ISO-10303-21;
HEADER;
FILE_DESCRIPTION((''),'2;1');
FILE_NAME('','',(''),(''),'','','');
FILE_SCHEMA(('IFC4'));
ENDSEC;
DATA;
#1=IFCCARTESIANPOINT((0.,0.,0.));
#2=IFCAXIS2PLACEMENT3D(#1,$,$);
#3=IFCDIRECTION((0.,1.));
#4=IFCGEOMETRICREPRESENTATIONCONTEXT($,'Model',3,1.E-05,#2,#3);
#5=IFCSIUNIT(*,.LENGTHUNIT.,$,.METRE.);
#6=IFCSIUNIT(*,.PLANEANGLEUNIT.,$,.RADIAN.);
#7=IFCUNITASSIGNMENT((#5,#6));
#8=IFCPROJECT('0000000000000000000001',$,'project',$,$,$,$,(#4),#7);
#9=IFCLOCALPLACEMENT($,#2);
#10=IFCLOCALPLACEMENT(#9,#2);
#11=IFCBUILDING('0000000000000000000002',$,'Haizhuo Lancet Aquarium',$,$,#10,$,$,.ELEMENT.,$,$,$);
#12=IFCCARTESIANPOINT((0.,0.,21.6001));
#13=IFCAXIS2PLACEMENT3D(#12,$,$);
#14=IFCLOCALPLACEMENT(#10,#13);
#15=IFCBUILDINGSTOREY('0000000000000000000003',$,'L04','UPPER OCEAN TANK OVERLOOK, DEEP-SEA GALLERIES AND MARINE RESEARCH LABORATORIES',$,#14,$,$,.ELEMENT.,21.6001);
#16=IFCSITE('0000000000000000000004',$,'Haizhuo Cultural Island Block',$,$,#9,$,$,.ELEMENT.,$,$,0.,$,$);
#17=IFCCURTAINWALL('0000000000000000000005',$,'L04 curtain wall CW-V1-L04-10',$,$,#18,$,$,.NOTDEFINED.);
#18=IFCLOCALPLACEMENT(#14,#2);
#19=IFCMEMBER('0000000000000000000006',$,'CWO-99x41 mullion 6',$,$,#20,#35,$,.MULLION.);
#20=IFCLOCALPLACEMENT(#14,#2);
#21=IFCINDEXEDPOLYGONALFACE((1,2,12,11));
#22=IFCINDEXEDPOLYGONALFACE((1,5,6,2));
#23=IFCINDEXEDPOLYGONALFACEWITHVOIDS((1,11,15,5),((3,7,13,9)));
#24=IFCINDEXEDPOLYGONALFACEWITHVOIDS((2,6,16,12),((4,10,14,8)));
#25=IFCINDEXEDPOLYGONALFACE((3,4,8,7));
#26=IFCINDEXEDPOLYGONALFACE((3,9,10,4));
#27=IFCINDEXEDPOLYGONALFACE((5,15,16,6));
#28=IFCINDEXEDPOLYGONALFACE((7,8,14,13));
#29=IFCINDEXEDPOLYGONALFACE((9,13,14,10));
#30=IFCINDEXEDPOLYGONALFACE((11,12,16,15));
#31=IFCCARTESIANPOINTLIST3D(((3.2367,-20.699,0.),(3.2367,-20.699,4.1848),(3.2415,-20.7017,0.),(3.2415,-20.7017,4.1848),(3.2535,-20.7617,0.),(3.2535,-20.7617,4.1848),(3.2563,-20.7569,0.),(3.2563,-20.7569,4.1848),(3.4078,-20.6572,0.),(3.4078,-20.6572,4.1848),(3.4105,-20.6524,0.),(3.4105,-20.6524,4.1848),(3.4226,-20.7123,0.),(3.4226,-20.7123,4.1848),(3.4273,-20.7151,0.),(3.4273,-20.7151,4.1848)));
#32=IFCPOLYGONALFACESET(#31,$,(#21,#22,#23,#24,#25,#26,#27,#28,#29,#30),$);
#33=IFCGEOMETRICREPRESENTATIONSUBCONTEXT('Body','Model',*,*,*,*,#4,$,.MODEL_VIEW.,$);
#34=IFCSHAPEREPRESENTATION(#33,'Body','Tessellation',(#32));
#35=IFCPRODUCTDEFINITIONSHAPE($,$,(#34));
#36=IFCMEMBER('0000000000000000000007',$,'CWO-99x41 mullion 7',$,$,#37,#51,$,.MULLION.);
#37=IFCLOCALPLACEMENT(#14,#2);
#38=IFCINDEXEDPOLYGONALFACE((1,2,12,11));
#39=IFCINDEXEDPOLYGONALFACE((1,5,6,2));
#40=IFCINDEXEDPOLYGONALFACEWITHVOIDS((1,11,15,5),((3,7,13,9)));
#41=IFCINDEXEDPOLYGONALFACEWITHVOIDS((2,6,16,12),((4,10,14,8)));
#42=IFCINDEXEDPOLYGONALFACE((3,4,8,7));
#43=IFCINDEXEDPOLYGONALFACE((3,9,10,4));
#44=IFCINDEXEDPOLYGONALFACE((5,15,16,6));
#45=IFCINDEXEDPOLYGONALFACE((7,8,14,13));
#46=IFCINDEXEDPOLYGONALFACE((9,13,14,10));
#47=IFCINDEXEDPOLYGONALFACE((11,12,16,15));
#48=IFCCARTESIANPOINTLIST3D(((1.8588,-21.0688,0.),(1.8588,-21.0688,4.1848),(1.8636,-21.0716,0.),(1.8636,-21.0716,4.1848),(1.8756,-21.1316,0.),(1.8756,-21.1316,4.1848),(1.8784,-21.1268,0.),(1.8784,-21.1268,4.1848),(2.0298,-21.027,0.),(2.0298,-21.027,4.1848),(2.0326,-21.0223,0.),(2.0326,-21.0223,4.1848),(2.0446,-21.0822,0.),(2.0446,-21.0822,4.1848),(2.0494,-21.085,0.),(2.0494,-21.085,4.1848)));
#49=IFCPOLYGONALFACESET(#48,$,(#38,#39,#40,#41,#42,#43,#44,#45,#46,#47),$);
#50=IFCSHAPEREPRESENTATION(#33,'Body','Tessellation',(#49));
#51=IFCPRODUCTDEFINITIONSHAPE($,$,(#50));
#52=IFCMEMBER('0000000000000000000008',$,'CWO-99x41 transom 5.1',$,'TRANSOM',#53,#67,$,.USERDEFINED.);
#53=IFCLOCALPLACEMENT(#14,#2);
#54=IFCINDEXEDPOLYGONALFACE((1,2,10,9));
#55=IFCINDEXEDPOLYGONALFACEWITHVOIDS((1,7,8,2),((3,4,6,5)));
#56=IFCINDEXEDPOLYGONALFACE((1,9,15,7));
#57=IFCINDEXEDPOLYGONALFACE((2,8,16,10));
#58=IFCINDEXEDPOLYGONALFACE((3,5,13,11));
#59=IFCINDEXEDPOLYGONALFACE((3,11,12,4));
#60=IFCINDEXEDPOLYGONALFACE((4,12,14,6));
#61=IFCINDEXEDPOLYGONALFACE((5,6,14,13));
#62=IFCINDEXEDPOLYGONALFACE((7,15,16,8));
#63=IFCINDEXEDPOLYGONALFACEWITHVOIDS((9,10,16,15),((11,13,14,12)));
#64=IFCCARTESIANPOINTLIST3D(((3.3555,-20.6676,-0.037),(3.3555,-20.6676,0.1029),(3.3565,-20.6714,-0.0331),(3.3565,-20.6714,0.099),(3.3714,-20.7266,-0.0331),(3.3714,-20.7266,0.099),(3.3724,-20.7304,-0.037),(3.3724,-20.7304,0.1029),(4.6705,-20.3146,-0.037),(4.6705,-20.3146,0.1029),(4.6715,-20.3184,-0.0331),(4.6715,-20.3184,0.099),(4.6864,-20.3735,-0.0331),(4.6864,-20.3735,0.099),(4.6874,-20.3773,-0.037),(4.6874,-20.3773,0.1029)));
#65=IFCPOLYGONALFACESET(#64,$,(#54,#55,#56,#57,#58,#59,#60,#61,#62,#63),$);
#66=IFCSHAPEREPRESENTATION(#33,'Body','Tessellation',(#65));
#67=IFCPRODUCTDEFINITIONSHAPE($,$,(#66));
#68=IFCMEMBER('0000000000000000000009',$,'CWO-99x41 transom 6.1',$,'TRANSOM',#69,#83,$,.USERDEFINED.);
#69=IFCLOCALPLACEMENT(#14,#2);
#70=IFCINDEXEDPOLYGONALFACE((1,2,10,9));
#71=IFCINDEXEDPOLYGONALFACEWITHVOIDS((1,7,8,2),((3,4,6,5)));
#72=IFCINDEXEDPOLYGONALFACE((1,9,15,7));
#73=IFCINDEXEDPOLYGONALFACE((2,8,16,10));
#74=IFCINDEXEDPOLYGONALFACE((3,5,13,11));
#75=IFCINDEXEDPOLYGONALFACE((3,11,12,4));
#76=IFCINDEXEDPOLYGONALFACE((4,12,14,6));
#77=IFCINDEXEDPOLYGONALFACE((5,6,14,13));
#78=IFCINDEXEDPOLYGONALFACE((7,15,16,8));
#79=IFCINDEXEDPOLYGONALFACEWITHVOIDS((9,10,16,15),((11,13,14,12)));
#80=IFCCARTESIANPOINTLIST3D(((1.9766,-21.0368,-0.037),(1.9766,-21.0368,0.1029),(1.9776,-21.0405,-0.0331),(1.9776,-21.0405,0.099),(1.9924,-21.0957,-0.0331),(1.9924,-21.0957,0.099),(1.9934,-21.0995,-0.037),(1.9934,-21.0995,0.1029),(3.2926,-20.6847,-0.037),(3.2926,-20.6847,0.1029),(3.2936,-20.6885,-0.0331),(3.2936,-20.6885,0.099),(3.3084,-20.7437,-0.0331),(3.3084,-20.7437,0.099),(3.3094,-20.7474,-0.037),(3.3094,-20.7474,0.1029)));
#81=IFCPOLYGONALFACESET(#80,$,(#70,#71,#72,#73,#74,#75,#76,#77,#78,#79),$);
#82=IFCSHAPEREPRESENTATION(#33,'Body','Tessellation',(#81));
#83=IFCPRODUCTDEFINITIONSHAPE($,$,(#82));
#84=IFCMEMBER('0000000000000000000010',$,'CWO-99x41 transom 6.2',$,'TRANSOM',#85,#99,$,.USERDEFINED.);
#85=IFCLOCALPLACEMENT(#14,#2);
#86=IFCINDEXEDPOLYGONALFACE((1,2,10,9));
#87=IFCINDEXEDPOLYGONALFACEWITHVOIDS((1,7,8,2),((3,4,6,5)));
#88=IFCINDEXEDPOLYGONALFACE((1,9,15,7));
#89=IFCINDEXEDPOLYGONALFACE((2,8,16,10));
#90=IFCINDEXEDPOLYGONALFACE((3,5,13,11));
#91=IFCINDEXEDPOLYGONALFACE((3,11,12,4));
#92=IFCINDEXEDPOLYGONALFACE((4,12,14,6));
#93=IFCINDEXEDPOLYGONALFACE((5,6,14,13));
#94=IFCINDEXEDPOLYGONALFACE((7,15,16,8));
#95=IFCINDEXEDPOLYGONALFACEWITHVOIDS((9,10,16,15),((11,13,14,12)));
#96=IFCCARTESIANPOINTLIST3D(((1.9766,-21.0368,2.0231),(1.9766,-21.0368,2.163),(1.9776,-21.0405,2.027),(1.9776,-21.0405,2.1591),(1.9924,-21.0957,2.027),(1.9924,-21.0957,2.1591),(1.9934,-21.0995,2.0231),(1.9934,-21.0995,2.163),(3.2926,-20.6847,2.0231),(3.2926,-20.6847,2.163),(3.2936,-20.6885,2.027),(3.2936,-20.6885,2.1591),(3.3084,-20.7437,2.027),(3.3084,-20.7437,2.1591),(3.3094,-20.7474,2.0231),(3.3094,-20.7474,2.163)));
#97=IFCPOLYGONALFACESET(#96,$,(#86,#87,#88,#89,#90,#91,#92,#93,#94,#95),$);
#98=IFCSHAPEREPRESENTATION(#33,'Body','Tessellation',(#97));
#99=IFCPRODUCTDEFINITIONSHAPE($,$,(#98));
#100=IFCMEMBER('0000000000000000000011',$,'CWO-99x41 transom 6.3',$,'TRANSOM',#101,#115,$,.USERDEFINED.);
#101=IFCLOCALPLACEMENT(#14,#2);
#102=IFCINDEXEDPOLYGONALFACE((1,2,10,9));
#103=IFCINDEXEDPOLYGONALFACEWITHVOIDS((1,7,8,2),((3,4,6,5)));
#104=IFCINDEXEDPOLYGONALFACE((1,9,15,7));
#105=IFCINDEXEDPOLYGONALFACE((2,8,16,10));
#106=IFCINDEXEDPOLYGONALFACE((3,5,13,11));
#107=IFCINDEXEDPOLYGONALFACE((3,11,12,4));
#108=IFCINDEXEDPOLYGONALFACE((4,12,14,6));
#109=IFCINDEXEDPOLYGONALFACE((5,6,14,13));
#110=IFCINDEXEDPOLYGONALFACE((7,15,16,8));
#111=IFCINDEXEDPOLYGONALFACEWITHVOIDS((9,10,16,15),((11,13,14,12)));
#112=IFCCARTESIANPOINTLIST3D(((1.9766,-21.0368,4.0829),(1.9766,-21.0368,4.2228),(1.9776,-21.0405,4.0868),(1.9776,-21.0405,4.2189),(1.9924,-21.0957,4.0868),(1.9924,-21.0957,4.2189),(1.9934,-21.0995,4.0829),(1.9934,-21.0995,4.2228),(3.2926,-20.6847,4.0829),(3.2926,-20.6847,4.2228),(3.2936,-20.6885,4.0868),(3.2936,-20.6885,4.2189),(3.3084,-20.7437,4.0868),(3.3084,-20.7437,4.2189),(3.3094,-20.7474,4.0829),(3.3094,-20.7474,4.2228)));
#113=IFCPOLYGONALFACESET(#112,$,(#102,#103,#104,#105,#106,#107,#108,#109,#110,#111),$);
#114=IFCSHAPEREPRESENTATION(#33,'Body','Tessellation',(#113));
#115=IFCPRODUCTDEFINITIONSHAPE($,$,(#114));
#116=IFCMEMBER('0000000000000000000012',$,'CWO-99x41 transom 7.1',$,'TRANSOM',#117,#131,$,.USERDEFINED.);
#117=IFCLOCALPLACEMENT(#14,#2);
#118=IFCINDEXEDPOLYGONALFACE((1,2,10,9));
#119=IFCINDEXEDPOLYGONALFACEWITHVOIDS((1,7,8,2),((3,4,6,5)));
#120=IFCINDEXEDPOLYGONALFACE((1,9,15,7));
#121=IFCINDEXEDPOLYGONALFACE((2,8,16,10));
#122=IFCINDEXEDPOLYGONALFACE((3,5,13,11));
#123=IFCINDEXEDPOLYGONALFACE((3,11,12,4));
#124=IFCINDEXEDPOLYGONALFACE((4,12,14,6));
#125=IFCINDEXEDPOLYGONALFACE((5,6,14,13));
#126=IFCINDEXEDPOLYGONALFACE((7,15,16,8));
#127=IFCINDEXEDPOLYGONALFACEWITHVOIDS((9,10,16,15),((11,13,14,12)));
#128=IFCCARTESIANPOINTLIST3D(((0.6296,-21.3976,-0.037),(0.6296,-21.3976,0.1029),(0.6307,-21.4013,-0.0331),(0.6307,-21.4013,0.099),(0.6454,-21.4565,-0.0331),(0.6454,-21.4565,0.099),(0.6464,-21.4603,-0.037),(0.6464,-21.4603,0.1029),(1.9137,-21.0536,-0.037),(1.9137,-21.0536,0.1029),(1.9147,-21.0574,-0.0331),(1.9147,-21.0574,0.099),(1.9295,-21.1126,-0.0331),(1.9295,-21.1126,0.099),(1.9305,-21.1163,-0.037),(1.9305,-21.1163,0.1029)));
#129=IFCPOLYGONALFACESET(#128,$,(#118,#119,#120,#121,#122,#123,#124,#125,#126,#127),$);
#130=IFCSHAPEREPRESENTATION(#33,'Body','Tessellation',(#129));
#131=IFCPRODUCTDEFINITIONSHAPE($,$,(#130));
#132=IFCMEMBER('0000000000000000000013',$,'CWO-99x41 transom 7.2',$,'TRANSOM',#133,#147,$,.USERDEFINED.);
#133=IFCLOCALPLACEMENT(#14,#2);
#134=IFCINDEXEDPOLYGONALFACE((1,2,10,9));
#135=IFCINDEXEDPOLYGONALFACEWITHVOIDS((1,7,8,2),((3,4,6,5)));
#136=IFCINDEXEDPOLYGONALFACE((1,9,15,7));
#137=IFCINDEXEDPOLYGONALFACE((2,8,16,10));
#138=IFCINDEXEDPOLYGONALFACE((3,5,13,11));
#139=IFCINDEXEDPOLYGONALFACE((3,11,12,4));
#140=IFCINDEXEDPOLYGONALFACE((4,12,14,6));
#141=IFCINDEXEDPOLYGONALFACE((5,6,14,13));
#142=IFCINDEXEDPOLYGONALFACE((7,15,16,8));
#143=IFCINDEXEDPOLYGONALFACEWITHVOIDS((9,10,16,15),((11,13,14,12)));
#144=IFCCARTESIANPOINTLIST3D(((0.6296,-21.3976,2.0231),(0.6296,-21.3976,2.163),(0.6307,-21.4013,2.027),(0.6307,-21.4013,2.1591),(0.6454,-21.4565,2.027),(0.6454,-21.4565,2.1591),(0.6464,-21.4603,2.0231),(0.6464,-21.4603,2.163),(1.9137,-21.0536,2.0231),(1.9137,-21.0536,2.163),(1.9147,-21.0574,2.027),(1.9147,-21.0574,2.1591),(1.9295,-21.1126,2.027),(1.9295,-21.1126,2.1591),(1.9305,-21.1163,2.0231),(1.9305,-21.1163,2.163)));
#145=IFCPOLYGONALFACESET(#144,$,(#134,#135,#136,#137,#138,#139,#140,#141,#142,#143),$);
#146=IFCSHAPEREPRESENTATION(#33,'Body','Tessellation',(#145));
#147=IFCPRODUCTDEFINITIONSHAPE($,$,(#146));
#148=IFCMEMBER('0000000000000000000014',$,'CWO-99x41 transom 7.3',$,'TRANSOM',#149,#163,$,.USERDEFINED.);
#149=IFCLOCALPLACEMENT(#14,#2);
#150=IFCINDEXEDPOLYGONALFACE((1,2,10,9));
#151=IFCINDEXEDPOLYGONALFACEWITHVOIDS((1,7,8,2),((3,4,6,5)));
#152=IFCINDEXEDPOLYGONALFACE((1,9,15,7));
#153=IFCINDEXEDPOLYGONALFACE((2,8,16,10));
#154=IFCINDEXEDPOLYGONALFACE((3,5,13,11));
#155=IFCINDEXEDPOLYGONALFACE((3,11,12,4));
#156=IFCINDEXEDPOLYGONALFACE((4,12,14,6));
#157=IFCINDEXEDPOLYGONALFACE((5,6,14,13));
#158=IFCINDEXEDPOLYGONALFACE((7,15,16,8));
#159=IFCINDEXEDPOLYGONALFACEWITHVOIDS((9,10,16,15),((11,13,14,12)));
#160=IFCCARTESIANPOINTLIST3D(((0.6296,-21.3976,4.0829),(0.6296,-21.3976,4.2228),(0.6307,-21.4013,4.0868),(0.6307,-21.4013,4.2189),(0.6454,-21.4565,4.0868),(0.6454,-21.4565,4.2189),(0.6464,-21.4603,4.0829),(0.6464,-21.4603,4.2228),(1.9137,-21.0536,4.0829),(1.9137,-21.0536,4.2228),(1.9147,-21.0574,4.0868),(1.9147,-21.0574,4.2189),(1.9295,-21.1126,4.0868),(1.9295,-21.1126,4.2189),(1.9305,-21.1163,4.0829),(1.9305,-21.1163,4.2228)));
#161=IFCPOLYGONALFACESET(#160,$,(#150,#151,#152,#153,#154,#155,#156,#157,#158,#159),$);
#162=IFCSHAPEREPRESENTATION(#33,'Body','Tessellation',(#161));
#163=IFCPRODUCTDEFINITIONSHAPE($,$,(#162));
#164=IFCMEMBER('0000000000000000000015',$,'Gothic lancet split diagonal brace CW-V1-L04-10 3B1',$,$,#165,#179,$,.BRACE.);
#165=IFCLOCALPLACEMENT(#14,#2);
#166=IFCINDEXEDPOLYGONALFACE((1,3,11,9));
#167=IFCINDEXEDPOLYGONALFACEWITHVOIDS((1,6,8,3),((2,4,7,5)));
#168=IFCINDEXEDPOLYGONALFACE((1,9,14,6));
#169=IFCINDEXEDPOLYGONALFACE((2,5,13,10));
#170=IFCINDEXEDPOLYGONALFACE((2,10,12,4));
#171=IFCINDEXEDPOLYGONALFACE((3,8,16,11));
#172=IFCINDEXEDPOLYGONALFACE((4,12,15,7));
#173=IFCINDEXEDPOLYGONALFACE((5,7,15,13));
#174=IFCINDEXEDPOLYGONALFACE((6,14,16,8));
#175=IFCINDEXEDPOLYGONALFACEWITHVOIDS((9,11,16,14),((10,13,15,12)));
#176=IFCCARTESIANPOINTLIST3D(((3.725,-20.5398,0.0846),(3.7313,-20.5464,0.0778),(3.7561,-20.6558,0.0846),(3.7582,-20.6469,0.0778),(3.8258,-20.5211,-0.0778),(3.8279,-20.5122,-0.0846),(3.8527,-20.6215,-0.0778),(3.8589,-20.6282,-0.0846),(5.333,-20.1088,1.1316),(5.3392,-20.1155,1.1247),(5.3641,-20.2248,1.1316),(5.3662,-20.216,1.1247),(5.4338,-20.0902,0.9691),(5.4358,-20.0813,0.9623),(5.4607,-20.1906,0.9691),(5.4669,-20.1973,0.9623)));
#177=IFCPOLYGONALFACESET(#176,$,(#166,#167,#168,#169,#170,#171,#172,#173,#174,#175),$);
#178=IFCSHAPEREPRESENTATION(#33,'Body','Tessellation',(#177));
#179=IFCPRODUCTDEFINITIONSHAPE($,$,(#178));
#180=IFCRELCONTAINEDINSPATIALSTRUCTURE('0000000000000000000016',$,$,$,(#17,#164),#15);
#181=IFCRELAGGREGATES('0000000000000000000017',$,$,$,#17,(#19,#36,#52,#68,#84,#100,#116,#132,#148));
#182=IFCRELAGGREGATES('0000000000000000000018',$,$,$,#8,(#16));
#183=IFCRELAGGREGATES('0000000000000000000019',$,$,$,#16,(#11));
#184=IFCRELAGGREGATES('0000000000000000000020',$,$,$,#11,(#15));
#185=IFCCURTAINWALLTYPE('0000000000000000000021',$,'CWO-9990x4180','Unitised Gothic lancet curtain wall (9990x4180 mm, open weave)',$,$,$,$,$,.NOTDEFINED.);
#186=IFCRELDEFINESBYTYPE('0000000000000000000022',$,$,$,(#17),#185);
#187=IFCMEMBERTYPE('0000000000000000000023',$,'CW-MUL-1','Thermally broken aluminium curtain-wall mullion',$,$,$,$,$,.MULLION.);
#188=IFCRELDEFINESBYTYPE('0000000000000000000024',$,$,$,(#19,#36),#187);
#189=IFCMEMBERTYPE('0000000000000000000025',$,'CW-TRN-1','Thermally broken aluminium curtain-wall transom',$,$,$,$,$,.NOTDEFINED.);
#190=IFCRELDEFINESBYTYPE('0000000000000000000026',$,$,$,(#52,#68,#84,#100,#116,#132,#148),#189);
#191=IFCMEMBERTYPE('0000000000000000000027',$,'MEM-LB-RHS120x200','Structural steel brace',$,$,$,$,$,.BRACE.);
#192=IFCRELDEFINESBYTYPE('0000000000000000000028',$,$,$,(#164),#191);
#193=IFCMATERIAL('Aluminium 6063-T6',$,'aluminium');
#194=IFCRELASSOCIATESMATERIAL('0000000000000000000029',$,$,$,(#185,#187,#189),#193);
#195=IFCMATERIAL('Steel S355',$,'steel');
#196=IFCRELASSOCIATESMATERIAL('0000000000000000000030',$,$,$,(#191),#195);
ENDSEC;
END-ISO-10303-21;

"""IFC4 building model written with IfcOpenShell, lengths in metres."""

from ifc_helpers import new_model, si_unit, direction, frame, origin, origin_2d, place, context, subcontext, project, spatial, hollow_rectangle, extrude, material, material_profile, profile_set, type_object, element, aggregate, save


model = new_model("IFC4")

# Units and contexts
model_context = context("Model", 3, precision=1e-05, world=origin(), true_north=direction((0.0, 1.0)))
body_context = subcontext(model_context, "Body", "Model", "MODEL_VIEW")
ifc_project = project(units=[si_unit("LENGTHUNIT", "METRE"), si_unit("PLANEANGLEUNIT", "RADIAN")], contexts=[model_context])

# Site, building, storey
site_placement = place(None, origin())
site = spatial("IfcSite", under=ifc_project, at=site_placement, Name="Haizhuo Cultural Island Block", CompositionType="ELEMENT", RefElevation=0.0)
building_placement = place(site_placement, origin())
building = spatial("IfcBuilding", under=site, at=building_placement, Name="Haizhuo Lancet Aquarium", CompositionType="ELEMENT")
storey_placement = place(building_placement, frame((0.0, 0.0, 21.6001)))
storey = spatial("IfcBuildingStorey", under=building, at=storey_placement, Name="L04", Description="UPPER OCEAN TANK OVERLOOK, DEEP-SEA GALLERIES AND MARINE RESEARCH LABORATORIES", CompositionType="ELEMENT", Elevation=21.6001)

# Curtain wall, members
ifc_material_1 = material(Name="Aluminium 6063-T6", Category="aluminium")
curtain_wall_type = type_object("IfcCurtainWallType", Name="CWO-9990x4180", Description="Unitised Gothic lancet curtain wall (9990x4180 mm, open weave)", PredefinedType="NOTDEFINED", material=ifc_material_1)
curtain_wall_placement = place(storey_placement, origin())
curtain_wall = element("IfcCurtainWall", 1, at=curtain_wall_placement, inside=storey, type_object=curtain_wall_type, Name="L04 curtain wall CW-V1-L04-10", PredefinedType="NOTDEFINED")
ifc_material_profile_1 = material_profile(ifc_material_1, hollow_rectangle(XDim=0.0649, YDim=0.1799, WallThickness=0.0039, at=origin_2d()), Name="ALU-M 65x180x4")
ifc_profile_set_1 = profile_set([ifc_material_profile_1], Name="Aluminium 6063-T6")
member_type_1 = type_object("IfcMemberType", Name="CW-MUL-1", Description="Thermally broken aluminium curtain-wall mullion", PredefinedType="MULLION", material=ifc_profile_set_1)
member_1_placement = place(storey_placement, frame((3.332, -20.707, 0.0), z_axis=(0.0, 0.0, 1.0), x_axis=(0.258853, -0.965917, 0.0)))
member_1 = element("IfcMember", 2, at=member_1_placement, type_object=member_type_1, Name="CWO-99x41 mullion 6", PredefinedType="MULLION", context=body_context, shape_type="SweptSolid", body=[
    extrude(hollow_rectangle(XDim=0.0649, YDim=0.1799, WallThickness=0.0039, at=origin_2d()), origin(), (0.0, 0.0, 1.0), 4.1848),
])
member_2_placement = place(storey_placement, frame((1.9541, -21.0769, 0.0), z_axis=(0.0, 0.0, 1.0), x_axis=(0.258853, -0.965917, 0.0)))
member_2 = element("IfcMember", 3, at=member_2_placement, type_object=member_type_1, Name="CWO-99x41 mullion 7", PredefinedType="MULLION", context=body_context, shape_type="SweptSolid", body=[
    extrude(hollow_rectangle(XDim=0.0649, YDim=0.1799, WallThickness=0.0039, at=origin_2d()), origin(), (0.0, 0.0, 1.0), 4.1848),
])
ifc_material_profile_2 = material_profile(ifc_material_1, hollow_rectangle(XDim=0.0649, YDim=0.1399, WallThickness=0.0039, at=origin_2d()), Name="ALU-T 65x140x4")
ifc_profile_set_2 = profile_set([ifc_material_profile_2], Name="Aluminium 6063-T6")
member_type_2 = type_object("IfcMemberType", Name="CW-TRN-1", Description="Thermally broken aluminium curtain-wall transom", PredefinedType="NOTDEFINED", material=ifc_profile_set_2)
member_3_placement = place(storey_placement, frame((4.679, -20.3459, 0.033), z_axis=(-0.965799, -0.259292, 0.0), x_axis=(0.259292, -0.965799, 0.0)))
member_3 = element("IfcMember", 4, at=member_3_placement, type_object=member_type_2, Name="CWO-99x41 transom 5.1", ObjectType="TRANSOM", PredefinedType="USERDEFINED", context=body_context, shape_type="SweptSolid", body=[
    extrude(hollow_rectangle(XDim=0.0649, YDim=0.1399, WallThickness=0.0039, at=origin_2d()), origin(), (0.0, 0.0, 1.0), 1.3616),
])
member_4_placement = place(storey_placement, frame((3.301, -20.7161, 0.033), z_axis=(-0.966026, -0.258443, 0.0), x_axis=(0.258443, -0.966026, 0.0)))
member_4 = element("IfcMember", 5, at=member_4_placement, type_object=member_type_2, Name="CWO-99x41 transom 6.1", ObjectType="TRANSOM", PredefinedType="USERDEFINED", context=body_context, shape_type="SweptSolid", body=[
    extrude(hollow_rectangle(XDim=0.0649, YDim=0.1399, WallThickness=0.0039, at=origin_2d()), origin(), (0.0, 0.0, 1.0), 1.3623),
])
member_5_placement = place(storey_placement, frame((3.301, -20.7161, 2.093), z_axis=(-0.966026, -0.258443, 0.0), x_axis=(0.258443, -0.966026, 0.0)))
member_5 = element("IfcMember", 6, at=member_5_placement, type_object=member_type_2, Name="CWO-99x41 transom 6.2", ObjectType="TRANSOM", PredefinedType="USERDEFINED", context=body_context, shape_type="SweptSolid", body=[
    extrude(hollow_rectangle(XDim=0.0649, YDim=0.1399, WallThickness=0.0039, at=origin_2d()), origin(), (0.0, 0.0, 1.0), 1.3623),
])
member_6_placement = place(storey_placement, frame((3.301, -20.7161, 4.1528), z_axis=(-0.966026, -0.258443, 0.0), x_axis=(0.258443, -0.966026, 0.0)))
member_6 = element("IfcMember", 7, at=member_6_placement, type_object=member_type_2, Name="CWO-99x41 transom 6.3", ObjectType="TRANSOM", PredefinedType="USERDEFINED", context=body_context, shape_type="SweptSolid", body=[
    extrude(hollow_rectangle(XDim=0.0649, YDim=0.1399, WallThickness=0.0039, at=origin_2d()), origin(), (0.0, 0.0, 1.0), 1.3623),
])
member_7_placement = place(storey_placement, frame((1.9221, -21.085, 0.033), z_axis=(-0.965945, -0.258748, 0.0), x_axis=(0.258748, -0.965945, 0.0)))
member_7 = element("IfcMember", 8, at=member_7_placement, type_object=member_type_2, Name="CWO-99x41 transom 7.1", ObjectType="TRANSOM", PredefinedType="USERDEFINED", context=body_context, shape_type="SweptSolid", body=[
    extrude(hollow_rectangle(XDim=0.0649, YDim=0.1399, WallThickness=0.0039, at=origin_2d()), origin(), (0.0, 0.0, 1.0), 1.3293),
])
member_8_placement = place(storey_placement, frame((1.9221, -21.085, 2.093), z_axis=(-0.965945, -0.258748, 0.0), x_axis=(0.258748, -0.965945, 0.0)))
member_8 = element("IfcMember", 9, at=member_8_placement, type_object=member_type_2, Name="CWO-99x41 transom 7.2", ObjectType="TRANSOM", PredefinedType="USERDEFINED", context=body_context, shape_type="SweptSolid", body=[
    extrude(hollow_rectangle(XDim=0.0649, YDim=0.1399, WallThickness=0.0039, at=origin_2d()), origin(), (0.0, 0.0, 1.0), 1.3293),
])
member_9_placement = place(storey_placement, frame((1.9221, -21.085, 4.1528), z_axis=(-0.965945, -0.258748, 0.0), x_axis=(0.258748, -0.965945, 0.0)))
member_9 = element("IfcMember", 10, at=member_9_placement, type_object=member_type_2, Name="CWO-99x41 transom 7.3", ObjectType="TRANSOM", PredefinedType="USERDEFINED", context=body_context, shape_type="SweptSolid", body=[
    extrude(hollow_rectangle(XDim=0.0649, YDim=0.1399, WallThickness=0.0039, at=origin_2d()), origin(), (0.0, 0.0, 1.0), 1.3293),
])

# Member
ifc_material_2 = material(Name="Steel S355", Category="steel")
ifc_material_profile_3 = material_profile(ifc_material_2, hollow_rectangle(XDim=0.1201, YDim=0.2, WallThickness=0.0081, at=origin_2d()), Name="RHS 120x200x8")
ifc_profile_set_3 = profile_set([ifc_material_profile_3], Name="Steel S355")
member_type_3 = type_object("IfcMemberType", Name="MEM-LB-RHS120x200", Description="Structural steel brace", PredefinedType="BRACE", material=ifc_profile_set_3)
member_10_placement = place(storey_placement, frame((3.792, -20.584, 0.0), z_axis=(0.817663, 0.219128, 0.532363), x_axis=(-0.258858, 0.965915, 0.0)))
element("IfcMember", 11, at=member_10_placement, inside=storey, type_object=member_type_3, Name="Gothic lancet split diagonal brace CW-V1-L04-10 3B1", PredefinedType="BRACE", context=body_context, shape_type="SweptSolid", body=[
    extrude(hollow_rectangle(XDim=0.1201, YDim=0.2, WallThickness=0.0081, at=origin_2d()), origin(), (0.0, 0.0, 1.0), 1.9666),
])

aggregate(curtain_wall, [member_1, member_2, member_3, member_4, member_5, member_6, member_7, member_8, member_9])

save(model, "model.ifc")
